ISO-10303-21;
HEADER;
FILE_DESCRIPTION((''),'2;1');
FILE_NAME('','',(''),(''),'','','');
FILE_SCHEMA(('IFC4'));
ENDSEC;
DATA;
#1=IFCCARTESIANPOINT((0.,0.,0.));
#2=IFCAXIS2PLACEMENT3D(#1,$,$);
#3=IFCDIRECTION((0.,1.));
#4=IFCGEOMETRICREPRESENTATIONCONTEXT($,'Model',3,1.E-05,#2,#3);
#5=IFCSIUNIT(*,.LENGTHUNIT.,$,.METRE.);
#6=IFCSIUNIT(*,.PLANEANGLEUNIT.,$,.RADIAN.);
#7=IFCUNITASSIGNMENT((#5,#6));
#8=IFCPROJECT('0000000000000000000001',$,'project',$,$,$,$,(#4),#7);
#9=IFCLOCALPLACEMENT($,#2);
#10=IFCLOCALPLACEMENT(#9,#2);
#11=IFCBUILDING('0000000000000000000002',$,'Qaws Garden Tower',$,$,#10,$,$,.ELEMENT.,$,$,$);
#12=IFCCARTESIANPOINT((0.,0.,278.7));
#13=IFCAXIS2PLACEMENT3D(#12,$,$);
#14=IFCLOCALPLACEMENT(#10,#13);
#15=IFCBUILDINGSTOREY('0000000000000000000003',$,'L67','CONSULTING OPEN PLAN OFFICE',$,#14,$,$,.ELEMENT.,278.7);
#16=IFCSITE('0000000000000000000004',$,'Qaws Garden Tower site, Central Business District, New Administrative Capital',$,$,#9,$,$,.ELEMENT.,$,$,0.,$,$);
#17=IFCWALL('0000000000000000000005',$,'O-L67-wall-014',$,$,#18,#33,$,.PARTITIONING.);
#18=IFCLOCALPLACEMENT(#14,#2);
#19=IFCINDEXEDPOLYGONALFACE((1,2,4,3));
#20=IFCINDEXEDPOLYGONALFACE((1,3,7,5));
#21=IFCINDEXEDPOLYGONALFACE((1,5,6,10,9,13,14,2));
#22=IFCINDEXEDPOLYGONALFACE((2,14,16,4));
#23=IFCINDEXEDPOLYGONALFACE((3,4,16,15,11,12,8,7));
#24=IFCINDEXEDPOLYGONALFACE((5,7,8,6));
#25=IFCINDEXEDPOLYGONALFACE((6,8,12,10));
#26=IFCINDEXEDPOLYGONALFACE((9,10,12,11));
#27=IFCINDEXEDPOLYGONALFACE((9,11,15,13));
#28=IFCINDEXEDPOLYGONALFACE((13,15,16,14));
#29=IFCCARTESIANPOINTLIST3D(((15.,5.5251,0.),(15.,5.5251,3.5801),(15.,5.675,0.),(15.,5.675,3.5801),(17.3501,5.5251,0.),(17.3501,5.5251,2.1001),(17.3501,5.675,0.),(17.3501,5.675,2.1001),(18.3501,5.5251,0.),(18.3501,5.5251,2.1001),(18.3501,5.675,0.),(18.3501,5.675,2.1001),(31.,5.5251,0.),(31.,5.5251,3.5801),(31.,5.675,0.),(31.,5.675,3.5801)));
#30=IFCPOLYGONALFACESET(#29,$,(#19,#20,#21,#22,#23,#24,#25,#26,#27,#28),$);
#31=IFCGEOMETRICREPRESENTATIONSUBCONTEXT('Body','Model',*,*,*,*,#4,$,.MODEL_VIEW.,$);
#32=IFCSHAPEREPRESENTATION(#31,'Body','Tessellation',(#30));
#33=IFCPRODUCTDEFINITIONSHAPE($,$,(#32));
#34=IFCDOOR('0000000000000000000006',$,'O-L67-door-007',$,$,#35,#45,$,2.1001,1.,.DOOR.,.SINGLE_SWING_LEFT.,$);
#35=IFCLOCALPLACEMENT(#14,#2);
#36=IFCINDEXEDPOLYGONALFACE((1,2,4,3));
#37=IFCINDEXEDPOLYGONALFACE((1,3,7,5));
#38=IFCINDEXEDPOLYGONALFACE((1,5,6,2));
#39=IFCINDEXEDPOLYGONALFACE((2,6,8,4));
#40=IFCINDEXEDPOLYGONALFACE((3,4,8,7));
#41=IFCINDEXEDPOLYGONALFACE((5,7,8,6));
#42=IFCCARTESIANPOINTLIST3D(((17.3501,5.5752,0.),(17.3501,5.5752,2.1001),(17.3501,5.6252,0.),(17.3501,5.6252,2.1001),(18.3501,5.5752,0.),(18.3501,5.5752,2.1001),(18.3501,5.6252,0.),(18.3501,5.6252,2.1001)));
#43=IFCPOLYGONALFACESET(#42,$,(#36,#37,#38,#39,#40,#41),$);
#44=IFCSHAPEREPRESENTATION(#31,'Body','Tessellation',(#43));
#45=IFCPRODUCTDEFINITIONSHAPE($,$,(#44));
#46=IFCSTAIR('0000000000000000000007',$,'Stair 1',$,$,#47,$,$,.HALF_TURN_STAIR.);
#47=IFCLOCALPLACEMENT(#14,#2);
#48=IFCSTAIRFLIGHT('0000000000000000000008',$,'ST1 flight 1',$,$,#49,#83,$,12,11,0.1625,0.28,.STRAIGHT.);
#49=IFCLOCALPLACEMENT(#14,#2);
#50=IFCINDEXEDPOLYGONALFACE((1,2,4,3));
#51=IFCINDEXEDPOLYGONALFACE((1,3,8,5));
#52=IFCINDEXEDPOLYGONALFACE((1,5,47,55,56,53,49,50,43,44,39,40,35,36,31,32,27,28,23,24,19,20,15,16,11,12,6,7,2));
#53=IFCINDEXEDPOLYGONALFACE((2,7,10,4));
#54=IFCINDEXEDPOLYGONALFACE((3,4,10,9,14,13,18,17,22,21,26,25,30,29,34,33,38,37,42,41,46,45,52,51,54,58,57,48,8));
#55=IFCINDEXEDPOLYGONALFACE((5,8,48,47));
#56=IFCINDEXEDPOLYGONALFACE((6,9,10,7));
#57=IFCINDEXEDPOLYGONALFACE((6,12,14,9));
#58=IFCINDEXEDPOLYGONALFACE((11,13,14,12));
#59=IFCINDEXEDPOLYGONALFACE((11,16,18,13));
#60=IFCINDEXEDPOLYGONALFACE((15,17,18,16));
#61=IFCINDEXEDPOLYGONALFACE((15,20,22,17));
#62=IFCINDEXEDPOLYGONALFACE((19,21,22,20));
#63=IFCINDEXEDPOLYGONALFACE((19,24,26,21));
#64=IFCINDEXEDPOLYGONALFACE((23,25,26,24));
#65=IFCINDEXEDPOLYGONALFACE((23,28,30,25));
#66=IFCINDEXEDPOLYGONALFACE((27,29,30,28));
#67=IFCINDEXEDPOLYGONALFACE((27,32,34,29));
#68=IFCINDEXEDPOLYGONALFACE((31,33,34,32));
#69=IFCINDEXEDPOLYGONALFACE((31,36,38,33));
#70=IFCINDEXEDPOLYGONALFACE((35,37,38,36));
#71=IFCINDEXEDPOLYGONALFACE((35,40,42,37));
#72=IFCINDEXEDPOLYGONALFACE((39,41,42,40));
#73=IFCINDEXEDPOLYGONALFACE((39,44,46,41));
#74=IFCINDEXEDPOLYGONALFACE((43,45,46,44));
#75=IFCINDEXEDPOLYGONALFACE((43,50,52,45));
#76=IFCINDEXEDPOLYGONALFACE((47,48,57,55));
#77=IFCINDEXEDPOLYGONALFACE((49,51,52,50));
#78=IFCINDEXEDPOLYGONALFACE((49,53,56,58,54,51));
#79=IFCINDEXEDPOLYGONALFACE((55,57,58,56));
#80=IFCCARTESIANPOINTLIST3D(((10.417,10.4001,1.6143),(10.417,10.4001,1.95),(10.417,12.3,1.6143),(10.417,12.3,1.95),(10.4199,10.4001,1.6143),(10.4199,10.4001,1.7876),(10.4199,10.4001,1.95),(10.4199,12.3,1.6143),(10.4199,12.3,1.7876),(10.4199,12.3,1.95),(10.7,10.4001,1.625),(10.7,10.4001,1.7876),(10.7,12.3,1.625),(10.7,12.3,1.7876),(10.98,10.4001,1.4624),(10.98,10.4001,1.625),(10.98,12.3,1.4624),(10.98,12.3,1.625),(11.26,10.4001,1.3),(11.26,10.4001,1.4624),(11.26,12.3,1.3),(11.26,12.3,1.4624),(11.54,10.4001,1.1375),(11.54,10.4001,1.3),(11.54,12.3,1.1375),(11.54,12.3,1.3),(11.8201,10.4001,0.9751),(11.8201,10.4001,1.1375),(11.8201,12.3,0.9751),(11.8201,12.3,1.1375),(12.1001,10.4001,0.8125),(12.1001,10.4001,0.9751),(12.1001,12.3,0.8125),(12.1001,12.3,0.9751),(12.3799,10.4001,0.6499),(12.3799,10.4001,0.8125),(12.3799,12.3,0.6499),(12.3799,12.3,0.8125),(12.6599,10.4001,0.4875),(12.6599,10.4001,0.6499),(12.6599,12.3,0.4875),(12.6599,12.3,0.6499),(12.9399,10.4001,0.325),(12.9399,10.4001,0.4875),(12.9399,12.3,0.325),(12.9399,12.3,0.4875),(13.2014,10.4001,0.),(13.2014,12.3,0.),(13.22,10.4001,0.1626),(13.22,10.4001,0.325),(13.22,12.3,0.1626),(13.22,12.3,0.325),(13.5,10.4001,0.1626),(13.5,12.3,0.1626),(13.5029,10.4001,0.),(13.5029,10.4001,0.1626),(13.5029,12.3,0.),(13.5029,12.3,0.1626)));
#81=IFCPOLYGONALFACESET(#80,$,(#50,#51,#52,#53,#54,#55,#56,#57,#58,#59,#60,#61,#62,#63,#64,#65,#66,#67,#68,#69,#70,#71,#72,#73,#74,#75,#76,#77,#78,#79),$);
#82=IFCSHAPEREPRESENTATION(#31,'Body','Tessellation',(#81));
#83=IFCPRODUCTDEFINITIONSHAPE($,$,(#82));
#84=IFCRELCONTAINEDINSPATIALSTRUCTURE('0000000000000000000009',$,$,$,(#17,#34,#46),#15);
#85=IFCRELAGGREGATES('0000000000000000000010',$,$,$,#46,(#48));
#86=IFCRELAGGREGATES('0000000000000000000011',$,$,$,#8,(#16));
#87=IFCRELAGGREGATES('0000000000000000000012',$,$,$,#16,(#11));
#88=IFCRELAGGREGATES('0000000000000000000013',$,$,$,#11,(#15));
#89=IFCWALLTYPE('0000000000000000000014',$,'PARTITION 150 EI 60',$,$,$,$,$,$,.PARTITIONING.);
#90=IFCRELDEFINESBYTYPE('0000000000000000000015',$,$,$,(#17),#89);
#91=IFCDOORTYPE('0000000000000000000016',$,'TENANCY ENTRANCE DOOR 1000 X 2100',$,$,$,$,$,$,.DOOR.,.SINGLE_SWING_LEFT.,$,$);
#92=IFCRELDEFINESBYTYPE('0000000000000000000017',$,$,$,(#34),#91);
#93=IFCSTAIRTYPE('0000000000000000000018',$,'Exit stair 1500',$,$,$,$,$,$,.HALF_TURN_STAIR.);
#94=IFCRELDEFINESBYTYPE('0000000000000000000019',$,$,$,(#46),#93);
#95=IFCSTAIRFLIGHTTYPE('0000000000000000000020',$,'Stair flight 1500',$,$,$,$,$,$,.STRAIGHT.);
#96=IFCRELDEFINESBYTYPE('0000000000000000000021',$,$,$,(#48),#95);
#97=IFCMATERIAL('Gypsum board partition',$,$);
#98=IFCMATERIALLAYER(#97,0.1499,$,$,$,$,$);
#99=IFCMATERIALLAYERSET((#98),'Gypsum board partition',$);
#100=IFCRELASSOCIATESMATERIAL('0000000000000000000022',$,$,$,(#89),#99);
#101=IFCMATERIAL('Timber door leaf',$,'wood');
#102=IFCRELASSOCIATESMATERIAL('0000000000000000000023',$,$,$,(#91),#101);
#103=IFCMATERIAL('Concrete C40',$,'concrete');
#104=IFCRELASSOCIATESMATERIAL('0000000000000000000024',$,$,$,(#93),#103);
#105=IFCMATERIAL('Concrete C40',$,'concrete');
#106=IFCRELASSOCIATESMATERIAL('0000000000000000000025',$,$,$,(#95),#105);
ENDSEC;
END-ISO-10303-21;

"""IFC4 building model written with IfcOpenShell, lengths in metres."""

from ifc_helpers import new_model, si_unit, direction, frame, frame_2d, origin, place, context, subcontext, project, spatial, polyline, rectangle, outline, extrude, material, layer, layer_set, type_object, element, fill, aggregate, save


model = new_model("IFC4")

# Units and contexts
model_context = context("Model", 3, precision=1e-05, world=origin(), true_north=direction((0.0, 1.0)))
body_context = subcontext(model_context, "Body", "Model", "MODEL_VIEW")
ifc_project = project(units=[si_unit("LENGTHUNIT", "METRE"), si_unit("PLANEANGLEUNIT", "RADIAN")], contexts=[model_context])

# Site, building, storey
site_placement = place(None, origin())
site = spatial("IfcSite", under=ifc_project, at=site_placement, Name="Qaws Garden Tower site, Central Business District, New Administrative Capital", CompositionType="ELEMENT", RefElevation=0.0)
building_placement = place(site_placement, origin())
building = spatial("IfcBuilding", under=site, at=building_placement, Name="Qaws Garden Tower", CompositionType="ELEMENT")
storey_placement = place(building_placement, frame((0.0, 0.0, 278.7)))
storey = spatial("IfcBuildingStorey", under=building, at=storey_placement, Name="L67", Description="CONSULTING OPEN PLAN OFFICE", CompositionType="ELEMENT", Elevation=278.7)

# Shared definitions
ifc_material_1 = material(Name="Gypsum board partition")
ifc_layer_1 = layer(ifc_material_1, 0.1499)
ifc_layer_set_1 = layer_set([ifc_layer_1], Name="Gypsum board partition")
wall_type_1 = type_object("IfcWallType", Name="PARTITION 150 EI 60", PredefinedType="PARTITIONING", material=ifc_layer_set_1)

# Wall, opening, door
wall_1_placement = place(storey_placement, frame((15.0, 5.6001, 0.0), z_axis=(0.0, 0.0, 1.0), x_axis=(1.0, 0.0, 0.0)))
wall_1 = element("IfcWall", 1, at=wall_1_placement, inside=storey, type_object=wall_type_1, Name="O-L67-wall-014", PredefinedType="PARTITIONING", context=body_context, shape_type="SweptSolid", body=[
    extrude(rectangle(XDim=16.0, YDim=0.1499, at=frame_2d((8.0, 0.0))), origin(), (0.0, 0.0, 1.0), 3.5801),
])
opening_1_placement = place(wall_1_placement, frame((2.3501, 0.0, 0.0)))
opening_1 = element("IfcOpeningElement", 2, at=opening_1_placement, cuts=wall_1, PredefinedType="OPENING", context=body_context, shape_type="SweptSolid", body=[
    extrude(rectangle(XDim=1.0, YDim=2.1001, at=frame_2d((0.5, 1.05))), frame((0.0, 0.085, 0.0), z_axis=(0.0, -1.0, 0.0), x_axis=(1.0, 0.0, 0.0)), (0.0, 0.0, 1.0), 0.1699),
])
ifc_material_2 = material(Name="Timber door leaf", Category="wood")
door_type_1 = type_object("IfcDoorType", Name="TENANCY ENTRANCE DOOR 1000 X 2100", OperationType="SINGLE_SWING_LEFT", PredefinedType="DOOR", material=ifc_material_2)
door_1_placement = place(opening_1_placement, frame((1.0, 0.0, 0.0), z_axis=(0.0, 0.0, 1.0), x_axis=(-1.0, 0.0, 0.0)))
door_1 = element("IfcDoor", 3, at=door_1_placement, inside=storey, type_object=door_type_1, Name="O-L67-door-007", OperationType="SINGLE_SWING_LEFT", OverallHeight=2.1001, OverallWidth=1.0, PredefinedType="DOOR", context=body_context, shape_type="SweptSolid", body=[
    extrude(rectangle(XDim=1.0, YDim=2.1001, at=frame_2d((0.5, 1.05))), frame((0.0, 0.0249, 0.0), z_axis=(0.0, -1.0, 0.0), x_axis=(1.0, 0.0, 0.0)), (0.0, 0.0, 1.0), 0.05),
])
fill(opening_1, door_1)

# Stair, stair flight
ifc_material_3 = material(Name="Concrete C40", Category="concrete")
stair_type = type_object("IfcStairType", Name="Exit stair 1500", PredefinedType="HALF_TURN_STAIR", material=ifc_material_3)
stair_placement = place(storey_placement, origin())
stair = element("IfcStair", 4, at=stair_placement, inside=storey, type_object=stair_type, Name="Stair 1", PredefinedType="HALF_TURN_STAIR")
ifc_material_4 = material(Name="Concrete C40", Category="concrete")
stair_flight_type = type_object("IfcStairFlightType", Name="Stair flight 1500", PredefinedType="STRAIGHT", material=ifc_material_4)
stair_flight_placement = place(storey_placement, frame((13.5, 11.3501, 0.0), z_axis=(0.0, 0.0, 1.0), x_axis=(-1.0, 0.0, 0.0)))
stair_flight = element("IfcStairFlight", 5, at=stair_flight_placement, type_object=stair_flight_type, Name="ST1 flight 1", NumberOfRisers=12, NumberOfTreads=11, PredefinedType="STRAIGHT", RiserHeight=0.1625, TreadLength=0.28, context=body_context, shape_type="SweptSolid", body=[
    extrude(outline(polyline([(-0.0029, 0.0), (-0.0029, 0.1626), (0.0, 0.1626), (0.28, 0.1626), (0.28, 0.325), (0.5601, 0.325), (0.5601, 0.4875), (0.8401, 0.4875), (0.8401, 0.6499), (1.1201, 0.6499), (1.1201, 0.8125), (1.3999, 0.8125), (1.3999, 0.9751), (1.6799, 0.9751), (1.6799, 1.1375), (1.96, 1.1375), (1.96, 1.3), (2.24, 1.3), (2.24, 1.4624), (2.52, 1.4624), (2.52, 1.625), (2.8, 1.625), (2.8, 1.7876), (3.0801, 1.7876), (3.0801, 1.95), (3.083, 1.95), (3.083, 1.6143), (3.0801, 1.6143), (0.2986, 0.0), (-0.0029, 0.0)])), frame((0.0, 0.95, 0.0), z_axis=(0.0, -1.0, 0.0), x_axis=(1.0, 0.0, 0.0)), (0.0, 0.0, 1.0), 1.8999),
])
aggregate(stair, [stair_flight])

save(model, "model.ifc")
